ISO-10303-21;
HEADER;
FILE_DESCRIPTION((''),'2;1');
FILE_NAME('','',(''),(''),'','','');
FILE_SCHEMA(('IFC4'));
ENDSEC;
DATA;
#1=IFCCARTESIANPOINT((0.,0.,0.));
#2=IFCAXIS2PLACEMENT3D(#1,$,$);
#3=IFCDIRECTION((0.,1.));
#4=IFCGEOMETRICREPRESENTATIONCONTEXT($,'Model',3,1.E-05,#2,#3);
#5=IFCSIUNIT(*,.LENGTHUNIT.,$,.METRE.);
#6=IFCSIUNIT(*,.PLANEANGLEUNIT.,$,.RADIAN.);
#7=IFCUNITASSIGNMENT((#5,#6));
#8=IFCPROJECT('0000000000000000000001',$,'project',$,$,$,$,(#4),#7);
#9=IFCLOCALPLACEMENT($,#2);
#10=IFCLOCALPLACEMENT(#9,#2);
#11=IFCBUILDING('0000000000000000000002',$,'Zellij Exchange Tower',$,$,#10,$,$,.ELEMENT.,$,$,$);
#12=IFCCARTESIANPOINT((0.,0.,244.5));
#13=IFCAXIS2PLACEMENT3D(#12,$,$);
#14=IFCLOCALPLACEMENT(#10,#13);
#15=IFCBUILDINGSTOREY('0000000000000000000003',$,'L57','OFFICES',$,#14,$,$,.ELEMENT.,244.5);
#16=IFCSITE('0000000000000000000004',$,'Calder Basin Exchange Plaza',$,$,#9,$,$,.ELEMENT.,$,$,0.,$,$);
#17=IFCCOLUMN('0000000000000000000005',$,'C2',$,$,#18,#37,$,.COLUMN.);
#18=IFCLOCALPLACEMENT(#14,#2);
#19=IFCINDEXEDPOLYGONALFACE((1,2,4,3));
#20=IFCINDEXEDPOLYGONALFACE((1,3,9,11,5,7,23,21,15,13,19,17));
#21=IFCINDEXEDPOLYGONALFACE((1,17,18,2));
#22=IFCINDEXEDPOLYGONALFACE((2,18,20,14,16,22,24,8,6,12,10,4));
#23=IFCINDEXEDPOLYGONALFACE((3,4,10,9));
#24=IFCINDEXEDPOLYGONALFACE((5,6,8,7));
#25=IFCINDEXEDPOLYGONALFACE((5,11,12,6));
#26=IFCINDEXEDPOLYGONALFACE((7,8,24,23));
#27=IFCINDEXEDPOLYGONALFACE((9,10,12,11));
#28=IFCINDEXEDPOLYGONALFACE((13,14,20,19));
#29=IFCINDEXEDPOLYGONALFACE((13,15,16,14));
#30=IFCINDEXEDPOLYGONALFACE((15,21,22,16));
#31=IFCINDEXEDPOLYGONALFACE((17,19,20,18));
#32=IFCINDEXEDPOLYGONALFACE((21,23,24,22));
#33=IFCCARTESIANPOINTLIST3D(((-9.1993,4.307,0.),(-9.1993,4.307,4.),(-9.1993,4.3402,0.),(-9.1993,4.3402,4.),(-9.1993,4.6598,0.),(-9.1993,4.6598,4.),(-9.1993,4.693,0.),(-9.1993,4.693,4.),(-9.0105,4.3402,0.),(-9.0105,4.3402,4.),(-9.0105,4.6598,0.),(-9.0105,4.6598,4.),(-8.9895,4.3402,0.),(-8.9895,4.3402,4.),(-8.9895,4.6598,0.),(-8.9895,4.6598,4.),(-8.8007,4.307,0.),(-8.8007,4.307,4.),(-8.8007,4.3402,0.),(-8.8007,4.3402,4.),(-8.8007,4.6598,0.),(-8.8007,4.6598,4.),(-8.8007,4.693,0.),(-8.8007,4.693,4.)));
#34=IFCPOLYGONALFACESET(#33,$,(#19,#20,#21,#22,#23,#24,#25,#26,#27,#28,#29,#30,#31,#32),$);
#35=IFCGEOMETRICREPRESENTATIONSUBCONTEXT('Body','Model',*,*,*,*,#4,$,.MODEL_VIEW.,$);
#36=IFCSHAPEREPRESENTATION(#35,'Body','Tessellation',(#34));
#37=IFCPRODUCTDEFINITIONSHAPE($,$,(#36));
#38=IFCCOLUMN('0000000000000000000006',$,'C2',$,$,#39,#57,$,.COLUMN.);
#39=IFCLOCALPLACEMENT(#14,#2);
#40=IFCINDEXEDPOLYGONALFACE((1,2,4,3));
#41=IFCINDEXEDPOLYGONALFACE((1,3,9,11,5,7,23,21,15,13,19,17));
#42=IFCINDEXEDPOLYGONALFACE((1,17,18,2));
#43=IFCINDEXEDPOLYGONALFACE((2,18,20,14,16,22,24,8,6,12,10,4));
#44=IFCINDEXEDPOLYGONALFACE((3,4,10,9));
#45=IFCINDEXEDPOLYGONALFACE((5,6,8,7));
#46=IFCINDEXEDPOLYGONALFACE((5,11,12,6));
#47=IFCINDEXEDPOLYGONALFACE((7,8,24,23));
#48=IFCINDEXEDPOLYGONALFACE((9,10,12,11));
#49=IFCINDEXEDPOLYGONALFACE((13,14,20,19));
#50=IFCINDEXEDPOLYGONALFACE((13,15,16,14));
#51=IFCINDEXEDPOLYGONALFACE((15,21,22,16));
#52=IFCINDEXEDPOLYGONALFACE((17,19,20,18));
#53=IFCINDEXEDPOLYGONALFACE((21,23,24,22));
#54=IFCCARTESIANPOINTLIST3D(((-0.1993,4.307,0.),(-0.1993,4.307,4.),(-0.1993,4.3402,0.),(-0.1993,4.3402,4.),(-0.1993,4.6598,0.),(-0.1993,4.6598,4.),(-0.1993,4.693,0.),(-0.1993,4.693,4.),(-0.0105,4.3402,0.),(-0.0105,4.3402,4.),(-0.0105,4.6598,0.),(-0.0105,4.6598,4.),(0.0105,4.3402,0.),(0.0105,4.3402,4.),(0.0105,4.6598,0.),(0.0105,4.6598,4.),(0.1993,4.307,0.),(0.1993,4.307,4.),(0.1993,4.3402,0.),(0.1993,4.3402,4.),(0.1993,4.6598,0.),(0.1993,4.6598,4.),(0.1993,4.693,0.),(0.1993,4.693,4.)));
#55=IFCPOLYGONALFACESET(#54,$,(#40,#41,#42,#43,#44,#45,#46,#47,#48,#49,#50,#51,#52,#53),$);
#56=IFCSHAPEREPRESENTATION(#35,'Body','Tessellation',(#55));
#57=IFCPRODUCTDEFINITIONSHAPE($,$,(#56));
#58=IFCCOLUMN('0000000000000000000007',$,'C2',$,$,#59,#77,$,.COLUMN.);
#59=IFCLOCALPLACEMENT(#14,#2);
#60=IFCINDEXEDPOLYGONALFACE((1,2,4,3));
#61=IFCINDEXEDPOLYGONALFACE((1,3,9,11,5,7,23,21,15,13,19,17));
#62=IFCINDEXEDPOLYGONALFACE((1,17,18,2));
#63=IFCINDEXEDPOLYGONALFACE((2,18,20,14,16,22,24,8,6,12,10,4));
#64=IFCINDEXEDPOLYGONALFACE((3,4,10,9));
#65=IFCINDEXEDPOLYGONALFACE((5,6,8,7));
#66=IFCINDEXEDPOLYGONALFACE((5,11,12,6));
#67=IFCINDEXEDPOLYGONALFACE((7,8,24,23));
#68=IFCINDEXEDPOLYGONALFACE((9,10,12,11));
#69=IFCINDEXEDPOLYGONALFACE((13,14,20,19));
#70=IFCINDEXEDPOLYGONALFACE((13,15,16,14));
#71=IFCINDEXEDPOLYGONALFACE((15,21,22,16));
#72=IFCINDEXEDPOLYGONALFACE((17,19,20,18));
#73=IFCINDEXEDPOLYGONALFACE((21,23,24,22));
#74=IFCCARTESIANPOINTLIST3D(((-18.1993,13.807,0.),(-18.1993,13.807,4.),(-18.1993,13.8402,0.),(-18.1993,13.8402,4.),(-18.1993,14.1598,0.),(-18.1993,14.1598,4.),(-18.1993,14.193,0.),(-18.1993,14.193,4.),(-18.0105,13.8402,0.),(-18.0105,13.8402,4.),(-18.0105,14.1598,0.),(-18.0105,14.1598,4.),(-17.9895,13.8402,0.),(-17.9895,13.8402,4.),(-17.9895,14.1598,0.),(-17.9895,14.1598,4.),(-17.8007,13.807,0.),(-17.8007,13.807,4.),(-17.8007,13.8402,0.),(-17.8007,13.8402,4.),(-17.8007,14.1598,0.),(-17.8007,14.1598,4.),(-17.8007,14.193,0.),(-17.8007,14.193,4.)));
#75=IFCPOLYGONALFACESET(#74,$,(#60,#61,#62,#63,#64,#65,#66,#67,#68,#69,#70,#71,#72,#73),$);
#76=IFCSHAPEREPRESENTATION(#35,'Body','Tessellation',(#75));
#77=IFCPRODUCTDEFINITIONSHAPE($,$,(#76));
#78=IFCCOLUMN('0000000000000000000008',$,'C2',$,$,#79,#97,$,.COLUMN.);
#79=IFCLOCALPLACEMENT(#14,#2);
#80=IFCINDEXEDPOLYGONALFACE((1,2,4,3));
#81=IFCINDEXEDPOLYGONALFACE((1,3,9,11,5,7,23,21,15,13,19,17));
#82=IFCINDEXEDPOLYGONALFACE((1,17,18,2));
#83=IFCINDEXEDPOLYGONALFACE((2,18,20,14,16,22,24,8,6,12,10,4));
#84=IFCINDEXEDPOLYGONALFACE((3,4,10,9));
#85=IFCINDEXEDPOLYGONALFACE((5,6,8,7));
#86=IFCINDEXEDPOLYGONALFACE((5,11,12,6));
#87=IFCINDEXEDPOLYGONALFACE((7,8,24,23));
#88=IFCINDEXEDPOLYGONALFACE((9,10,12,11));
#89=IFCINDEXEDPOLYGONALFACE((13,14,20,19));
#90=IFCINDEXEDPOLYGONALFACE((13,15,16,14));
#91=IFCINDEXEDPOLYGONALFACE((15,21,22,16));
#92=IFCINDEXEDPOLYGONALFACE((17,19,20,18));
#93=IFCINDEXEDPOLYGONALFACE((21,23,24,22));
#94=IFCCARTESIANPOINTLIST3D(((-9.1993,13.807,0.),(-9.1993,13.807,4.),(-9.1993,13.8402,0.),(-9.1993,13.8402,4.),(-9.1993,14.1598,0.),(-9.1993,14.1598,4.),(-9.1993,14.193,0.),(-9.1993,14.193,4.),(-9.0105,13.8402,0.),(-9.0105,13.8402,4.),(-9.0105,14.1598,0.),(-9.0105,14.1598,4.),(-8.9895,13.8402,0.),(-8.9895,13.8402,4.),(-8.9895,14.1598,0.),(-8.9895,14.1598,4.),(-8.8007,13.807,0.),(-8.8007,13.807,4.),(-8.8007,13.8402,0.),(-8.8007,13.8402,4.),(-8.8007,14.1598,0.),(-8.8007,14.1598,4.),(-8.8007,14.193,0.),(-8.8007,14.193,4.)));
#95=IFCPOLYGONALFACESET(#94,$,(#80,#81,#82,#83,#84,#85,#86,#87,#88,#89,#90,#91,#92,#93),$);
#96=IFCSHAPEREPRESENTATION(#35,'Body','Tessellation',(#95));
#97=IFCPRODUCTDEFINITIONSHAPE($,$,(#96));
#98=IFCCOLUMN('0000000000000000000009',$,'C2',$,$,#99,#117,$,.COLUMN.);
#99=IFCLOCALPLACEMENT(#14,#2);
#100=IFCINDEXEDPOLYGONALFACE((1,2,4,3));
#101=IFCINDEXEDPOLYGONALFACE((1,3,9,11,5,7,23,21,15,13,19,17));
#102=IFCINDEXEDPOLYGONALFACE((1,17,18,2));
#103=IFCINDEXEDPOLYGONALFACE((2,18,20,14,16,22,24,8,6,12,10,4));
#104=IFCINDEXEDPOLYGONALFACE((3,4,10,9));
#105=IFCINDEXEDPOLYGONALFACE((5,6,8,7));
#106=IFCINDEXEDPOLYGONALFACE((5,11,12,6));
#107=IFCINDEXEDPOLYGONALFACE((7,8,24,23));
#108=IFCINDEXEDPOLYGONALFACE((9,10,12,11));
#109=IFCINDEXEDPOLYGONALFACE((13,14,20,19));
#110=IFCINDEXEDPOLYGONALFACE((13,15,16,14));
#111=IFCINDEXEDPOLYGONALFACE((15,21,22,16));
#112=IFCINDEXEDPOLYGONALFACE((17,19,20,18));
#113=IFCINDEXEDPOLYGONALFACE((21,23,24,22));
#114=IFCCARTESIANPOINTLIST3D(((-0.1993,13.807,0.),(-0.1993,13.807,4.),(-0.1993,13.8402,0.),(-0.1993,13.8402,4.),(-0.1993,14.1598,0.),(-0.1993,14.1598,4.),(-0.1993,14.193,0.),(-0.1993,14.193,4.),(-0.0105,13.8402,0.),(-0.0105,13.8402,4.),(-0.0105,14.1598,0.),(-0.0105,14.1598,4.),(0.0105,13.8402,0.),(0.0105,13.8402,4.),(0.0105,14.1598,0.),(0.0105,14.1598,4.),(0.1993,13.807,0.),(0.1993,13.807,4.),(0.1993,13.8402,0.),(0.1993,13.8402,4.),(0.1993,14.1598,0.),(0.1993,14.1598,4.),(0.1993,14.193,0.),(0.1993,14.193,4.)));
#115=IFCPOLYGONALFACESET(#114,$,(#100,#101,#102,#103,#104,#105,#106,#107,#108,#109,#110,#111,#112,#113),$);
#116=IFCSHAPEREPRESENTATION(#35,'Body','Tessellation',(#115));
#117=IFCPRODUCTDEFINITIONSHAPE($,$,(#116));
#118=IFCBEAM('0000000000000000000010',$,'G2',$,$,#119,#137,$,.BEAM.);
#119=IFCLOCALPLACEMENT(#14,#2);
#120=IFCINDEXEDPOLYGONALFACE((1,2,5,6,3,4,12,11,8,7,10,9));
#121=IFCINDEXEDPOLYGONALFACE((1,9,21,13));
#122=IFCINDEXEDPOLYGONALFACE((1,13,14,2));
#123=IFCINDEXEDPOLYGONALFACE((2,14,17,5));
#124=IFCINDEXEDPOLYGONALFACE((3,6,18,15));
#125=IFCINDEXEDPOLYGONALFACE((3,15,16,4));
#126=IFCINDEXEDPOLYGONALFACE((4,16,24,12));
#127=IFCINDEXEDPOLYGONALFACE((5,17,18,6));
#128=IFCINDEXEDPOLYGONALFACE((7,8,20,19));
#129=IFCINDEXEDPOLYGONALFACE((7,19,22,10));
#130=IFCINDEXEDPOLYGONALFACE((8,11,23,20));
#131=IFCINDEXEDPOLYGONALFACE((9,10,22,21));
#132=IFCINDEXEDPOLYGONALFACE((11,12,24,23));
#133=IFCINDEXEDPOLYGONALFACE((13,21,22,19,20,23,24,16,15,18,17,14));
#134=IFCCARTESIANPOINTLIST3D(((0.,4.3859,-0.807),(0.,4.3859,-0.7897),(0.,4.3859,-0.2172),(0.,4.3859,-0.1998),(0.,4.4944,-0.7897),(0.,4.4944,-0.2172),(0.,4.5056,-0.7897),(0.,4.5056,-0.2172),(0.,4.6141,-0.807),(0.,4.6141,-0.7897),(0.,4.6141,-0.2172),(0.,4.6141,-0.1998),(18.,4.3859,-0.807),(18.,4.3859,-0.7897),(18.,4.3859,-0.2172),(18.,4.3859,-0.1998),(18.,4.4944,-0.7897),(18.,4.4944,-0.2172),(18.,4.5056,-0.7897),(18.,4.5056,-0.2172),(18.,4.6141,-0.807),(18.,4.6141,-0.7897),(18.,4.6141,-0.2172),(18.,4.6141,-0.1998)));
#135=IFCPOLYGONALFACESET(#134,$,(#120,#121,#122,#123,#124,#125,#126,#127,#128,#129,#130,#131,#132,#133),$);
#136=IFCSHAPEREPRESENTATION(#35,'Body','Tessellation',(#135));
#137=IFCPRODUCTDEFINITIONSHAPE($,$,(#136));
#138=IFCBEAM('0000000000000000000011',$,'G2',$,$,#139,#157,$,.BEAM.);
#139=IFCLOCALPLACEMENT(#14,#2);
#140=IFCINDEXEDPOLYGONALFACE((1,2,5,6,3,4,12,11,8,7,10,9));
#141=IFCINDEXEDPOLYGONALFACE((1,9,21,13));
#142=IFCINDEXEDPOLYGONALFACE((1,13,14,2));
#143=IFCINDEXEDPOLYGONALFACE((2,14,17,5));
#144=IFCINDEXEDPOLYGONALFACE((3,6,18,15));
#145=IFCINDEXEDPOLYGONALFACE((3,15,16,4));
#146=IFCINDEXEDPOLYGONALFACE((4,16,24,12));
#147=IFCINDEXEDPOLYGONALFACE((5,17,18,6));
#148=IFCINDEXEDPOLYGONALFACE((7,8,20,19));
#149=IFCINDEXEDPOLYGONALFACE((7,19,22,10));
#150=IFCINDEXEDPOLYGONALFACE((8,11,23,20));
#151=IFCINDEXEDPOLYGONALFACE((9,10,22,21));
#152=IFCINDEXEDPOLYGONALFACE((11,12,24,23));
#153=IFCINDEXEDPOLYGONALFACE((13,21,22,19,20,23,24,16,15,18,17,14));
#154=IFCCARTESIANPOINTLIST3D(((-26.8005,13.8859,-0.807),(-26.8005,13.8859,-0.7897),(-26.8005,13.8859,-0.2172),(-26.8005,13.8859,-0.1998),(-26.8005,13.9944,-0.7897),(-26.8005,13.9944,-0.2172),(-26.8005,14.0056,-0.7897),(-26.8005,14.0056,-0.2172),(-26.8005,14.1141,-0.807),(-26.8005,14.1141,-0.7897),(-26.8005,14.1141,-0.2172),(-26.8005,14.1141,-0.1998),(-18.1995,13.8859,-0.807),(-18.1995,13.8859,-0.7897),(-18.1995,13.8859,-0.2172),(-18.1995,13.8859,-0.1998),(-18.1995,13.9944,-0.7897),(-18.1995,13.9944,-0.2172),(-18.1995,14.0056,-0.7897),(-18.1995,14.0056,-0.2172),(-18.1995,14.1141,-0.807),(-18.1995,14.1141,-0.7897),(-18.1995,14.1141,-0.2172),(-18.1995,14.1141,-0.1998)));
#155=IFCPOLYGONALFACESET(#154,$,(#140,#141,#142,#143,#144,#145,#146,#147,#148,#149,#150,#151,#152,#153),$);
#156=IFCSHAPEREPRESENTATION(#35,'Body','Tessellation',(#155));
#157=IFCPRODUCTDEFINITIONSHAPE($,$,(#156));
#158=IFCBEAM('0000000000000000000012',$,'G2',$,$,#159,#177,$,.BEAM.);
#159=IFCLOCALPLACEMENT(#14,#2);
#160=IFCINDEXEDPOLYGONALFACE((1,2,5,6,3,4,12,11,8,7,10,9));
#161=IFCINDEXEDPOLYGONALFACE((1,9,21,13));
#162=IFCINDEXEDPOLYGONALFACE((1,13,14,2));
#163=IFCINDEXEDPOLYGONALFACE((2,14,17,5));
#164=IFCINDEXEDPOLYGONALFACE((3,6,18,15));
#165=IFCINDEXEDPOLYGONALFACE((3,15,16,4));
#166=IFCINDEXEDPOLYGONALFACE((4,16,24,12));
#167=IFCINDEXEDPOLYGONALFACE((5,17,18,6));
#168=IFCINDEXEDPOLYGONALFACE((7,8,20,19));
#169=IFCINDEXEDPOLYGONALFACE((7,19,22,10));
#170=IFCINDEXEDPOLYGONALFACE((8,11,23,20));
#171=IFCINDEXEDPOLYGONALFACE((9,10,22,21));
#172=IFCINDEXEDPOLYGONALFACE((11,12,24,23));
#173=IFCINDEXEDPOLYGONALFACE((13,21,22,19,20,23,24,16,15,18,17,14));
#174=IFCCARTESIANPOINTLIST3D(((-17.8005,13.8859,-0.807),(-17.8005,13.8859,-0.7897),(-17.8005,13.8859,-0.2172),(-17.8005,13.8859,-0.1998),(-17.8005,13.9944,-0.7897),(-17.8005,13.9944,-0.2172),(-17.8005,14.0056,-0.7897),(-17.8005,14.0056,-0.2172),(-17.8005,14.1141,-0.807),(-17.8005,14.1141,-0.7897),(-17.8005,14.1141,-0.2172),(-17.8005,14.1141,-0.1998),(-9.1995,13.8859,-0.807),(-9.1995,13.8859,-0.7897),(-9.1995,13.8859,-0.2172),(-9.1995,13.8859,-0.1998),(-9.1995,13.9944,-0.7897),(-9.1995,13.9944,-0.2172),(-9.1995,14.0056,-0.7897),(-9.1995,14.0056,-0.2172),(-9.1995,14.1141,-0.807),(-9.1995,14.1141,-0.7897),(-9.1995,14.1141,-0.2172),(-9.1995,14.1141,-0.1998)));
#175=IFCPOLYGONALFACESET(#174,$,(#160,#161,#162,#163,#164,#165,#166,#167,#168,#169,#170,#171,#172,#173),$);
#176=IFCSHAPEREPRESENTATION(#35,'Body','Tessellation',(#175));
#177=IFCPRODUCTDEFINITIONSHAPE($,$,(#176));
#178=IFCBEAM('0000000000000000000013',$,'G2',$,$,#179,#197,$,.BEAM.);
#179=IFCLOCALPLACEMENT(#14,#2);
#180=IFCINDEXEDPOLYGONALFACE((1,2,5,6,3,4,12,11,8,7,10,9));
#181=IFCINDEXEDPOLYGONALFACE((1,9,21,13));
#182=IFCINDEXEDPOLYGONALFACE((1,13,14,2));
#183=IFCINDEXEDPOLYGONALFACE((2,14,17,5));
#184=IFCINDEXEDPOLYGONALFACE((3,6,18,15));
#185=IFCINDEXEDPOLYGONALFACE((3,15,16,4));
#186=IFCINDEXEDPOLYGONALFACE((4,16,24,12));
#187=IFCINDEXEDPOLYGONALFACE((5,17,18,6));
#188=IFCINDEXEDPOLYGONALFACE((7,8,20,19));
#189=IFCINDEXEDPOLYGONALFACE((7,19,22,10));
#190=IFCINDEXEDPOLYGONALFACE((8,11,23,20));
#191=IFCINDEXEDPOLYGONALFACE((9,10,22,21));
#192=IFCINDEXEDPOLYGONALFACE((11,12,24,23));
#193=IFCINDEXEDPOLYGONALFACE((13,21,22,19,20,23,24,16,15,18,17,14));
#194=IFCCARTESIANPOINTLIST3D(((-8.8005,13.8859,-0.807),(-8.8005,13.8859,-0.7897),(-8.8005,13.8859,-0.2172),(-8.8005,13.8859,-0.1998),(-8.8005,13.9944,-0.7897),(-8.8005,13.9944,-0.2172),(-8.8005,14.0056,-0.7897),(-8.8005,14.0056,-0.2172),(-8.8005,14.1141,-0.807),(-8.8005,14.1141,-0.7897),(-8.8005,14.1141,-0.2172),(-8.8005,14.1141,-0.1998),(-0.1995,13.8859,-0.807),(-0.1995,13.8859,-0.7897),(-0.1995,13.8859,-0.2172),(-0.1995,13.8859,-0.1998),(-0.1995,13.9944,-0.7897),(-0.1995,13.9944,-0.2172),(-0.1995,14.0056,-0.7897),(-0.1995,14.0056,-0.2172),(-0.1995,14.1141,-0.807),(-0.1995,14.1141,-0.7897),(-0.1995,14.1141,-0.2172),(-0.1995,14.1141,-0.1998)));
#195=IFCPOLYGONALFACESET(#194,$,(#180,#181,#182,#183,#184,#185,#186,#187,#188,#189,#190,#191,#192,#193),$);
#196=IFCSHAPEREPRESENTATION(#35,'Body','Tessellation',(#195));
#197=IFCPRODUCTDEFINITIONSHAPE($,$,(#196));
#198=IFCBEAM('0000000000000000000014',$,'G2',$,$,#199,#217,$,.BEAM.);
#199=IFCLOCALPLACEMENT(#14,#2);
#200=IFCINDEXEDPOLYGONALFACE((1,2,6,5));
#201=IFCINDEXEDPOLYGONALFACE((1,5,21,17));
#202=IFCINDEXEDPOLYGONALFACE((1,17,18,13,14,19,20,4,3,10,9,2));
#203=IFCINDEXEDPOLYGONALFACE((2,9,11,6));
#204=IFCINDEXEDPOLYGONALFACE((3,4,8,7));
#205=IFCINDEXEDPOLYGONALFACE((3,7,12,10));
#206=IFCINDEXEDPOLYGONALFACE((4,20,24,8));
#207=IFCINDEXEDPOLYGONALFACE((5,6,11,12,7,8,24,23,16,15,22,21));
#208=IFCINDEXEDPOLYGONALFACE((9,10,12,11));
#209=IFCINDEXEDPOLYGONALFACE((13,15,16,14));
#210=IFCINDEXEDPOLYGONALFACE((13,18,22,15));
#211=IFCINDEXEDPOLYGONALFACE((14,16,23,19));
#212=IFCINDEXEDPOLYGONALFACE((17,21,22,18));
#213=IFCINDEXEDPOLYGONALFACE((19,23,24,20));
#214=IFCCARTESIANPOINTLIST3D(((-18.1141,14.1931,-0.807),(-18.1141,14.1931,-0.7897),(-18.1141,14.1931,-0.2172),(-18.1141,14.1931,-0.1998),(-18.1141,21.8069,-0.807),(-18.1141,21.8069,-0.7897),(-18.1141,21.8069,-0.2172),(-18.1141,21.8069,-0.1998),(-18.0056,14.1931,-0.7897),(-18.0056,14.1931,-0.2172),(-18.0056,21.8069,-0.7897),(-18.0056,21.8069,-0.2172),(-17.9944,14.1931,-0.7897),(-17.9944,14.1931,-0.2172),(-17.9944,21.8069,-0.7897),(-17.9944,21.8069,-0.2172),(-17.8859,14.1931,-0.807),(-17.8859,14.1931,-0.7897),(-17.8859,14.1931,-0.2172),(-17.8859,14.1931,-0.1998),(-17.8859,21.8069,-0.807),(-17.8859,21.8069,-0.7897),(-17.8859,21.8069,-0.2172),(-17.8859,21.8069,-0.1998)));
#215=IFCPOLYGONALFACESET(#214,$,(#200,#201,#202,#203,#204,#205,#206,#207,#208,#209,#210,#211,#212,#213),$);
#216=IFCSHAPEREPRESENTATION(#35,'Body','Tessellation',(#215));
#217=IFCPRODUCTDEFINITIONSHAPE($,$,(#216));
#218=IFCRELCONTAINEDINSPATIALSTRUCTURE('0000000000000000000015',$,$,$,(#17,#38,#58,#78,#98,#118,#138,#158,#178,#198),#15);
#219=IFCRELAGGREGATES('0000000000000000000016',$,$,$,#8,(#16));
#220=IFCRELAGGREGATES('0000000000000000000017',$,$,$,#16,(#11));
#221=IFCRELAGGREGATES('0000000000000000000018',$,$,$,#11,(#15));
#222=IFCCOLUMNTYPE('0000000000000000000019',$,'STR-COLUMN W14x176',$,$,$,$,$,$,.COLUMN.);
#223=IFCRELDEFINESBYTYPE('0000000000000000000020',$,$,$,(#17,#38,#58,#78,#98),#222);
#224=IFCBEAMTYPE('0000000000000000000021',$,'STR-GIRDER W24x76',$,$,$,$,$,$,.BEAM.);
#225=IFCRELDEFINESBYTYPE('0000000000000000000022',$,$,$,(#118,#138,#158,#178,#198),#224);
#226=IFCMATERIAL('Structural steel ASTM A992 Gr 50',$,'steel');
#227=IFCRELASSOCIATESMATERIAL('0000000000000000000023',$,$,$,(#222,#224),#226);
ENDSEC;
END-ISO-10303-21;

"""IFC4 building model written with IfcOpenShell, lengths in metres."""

from ifc_helpers import new_model, si_unit, direction, frame, origin, origin_2d, place, context, subcontext, project, spatial, i_section, extrude, material, material_profile, profile_set, type_object, element, save


model = new_model("IFC4")

# Units and contexts
model_context = context("Model", 3, precision=1e-05, world=origin(), true_north=direction((0.0, 1.0)))
body_context = subcontext(model_context, "Body", "Model", "MODEL_VIEW")
ifc_project = project(units=[si_unit("LENGTHUNIT", "METRE"), si_unit("PLANEANGLEUNIT", "RADIAN")], contexts=[model_context])

# Site, building, storey
site_placement = place(None, origin())
site = spatial("IfcSite", under=ifc_project, at=site_placement, Name="Calder Basin Exchange Plaza", CompositionType="ELEMENT", RefElevation=0.0)
building_placement = place(site_placement, origin())
building = spatial("IfcBuilding", under=site, at=building_placement, Name="Zellij Exchange Tower", CompositionType="ELEMENT")
storey_placement = place(building_placement, frame((0.0, 0.0, 244.5)))
storey = spatial("IfcBuildingStorey", under=building, at=storey_placement, Name="L57", Description="OFFICES", CompositionType="ELEMENT", Elevation=244.5)

# Columns
ifc_material_1 = material(Name="Structural steel ASTM A992 Gr 50", Category="steel")
ifc_material_profile_1 = material_profile(ifc_material_1, i_section(OverallWidth=0.3987, OverallDepth=0.386, WebThickness=0.021, FlangeThickness=0.0332, at=origin_2d()), Name="W14x176")
ifc_profile_set_1 = profile_set([ifc_material_profile_1], Name="Structural steel ASTM A992 Gr 50")
column_type = type_object("IfcColumnType", Name="STR-COLUMN W14x176", PredefinedType="COLUMN", material=ifc_profile_set_1)
for number, where, z_axis, x_axis, name in (
    (1, (-9.0, 4.5, 0.0), (0.0, 0.0, 1.0), (1.0, 0.0, 0.0), "C2"),
    (2, (0.0, 4.5, 0.0), (0.0, 0.0, 1.0), (1.0, 0.0, 0.0), "C2"),
    (3, (-18.0, 14.0, 0.0), (0.0, 0.0, 1.0), (1.0, 0.0, 0.0), "C2"),
    (4, (-9.0, 14.0, 0.0), (0.0, 0.0, 1.0), (1.0, 0.0, 0.0), "C2"),
    (5, (0.0, 14.0, 0.0), (0.0, 0.0, 1.0), (1.0, 0.0, 0.0), "C2"),
):
    element("IfcColumn", number, at=place(storey_placement, frame(where, z_axis=z_axis, x_axis=x_axis)), inside=storey, type_object=column_type, Name=name, PredefinedType="COLUMN", context=body_context, shape_type="SweptSolid", body=[
        extrude(i_section(OverallWidth=0.3987, OverallDepth=0.386, WebThickness=0.021, FlangeThickness=0.0332, at=origin_2d()), origin(), (0.0, 0.0, 1.0), 4.0),
    ])

# Beams
ifc_material_profile_2 = material_profile(ifc_material_1, i_section(OverallWidth=0.2283, OverallDepth=0.6072, WebThickness=0.0112, FlangeThickness=0.0173, at=origin_2d()), Name="W24x76")
ifc_profile_set_2 = profile_set([ifc_material_profile_2], Name="Structural steel ASTM A992 Gr 50")
beam_type = type_object("IfcBeamType", Name="STR-GIRDER W24x76", PredefinedType="BEAM", material=ifc_profile_set_2)
beam_1_placement = place(storey_placement, frame((0.0, 4.5, -0.5034), z_axis=(1.0, 0.0, 0.0), x_axis=(0.0, 1.0, 0.0)))
element("IfcBeam", 6, at=beam_1_placement, inside=storey, type_object=beam_type, Name="G2", PredefinedType="BEAM", context=body_context, shape_type="SweptSolid", body=[
    extrude(i_section(OverallWidth=0.2283, OverallDepth=0.6072, WebThickness=0.0112, FlangeThickness=0.0173, at=origin_2d()), origin(), (0.0, 0.0, 1.0), 18.0),
])
for number, where, z_axis, x_axis, name in (
    (7, (-26.8005, 14.0, -0.5034), (1.0, 0.0, 0.0), (0.0, 1.0, 0.0), "G2"),
    (8, (-17.8005, 14.0, -0.5034), (1.0, 0.0, 0.0), (0.0, 1.0, 0.0), "G2"),
    (9, (-8.8005, 14.0, -0.5034), (1.0, 0.0, 0.0), (0.0, 1.0, 0.0), "G2"),
):
    element("IfcBeam", number, at=place(storey_placement, frame(where, z_axis=z_axis, x_axis=x_axis)), inside=storey, type_object=beam_type, Name=name, PredefinedType="BEAM", context=body_context, shape_type="SweptSolid", body=[
        extrude(i_section(OverallWidth=0.2283, OverallDepth=0.6072, WebThickness=0.0112, FlangeThickness=0.0173, at=origin_2d()), origin(), (0.0, 0.0, 1.0), 8.6011),
    ])
beam_2_placement = place(storey_placement, frame((-18.0, 14.1931, -0.5034), z_axis=(0.0, 1.0, 0.0), x_axis=(-1.0, 0.0, 0.0)))
element("IfcBeam", 10, at=beam_2_placement, inside=storey, type_object=beam_type, Name="G2", PredefinedType="BEAM", context=body_context, shape_type="SweptSolid", body=[
    extrude(i_section(OverallWidth=0.2283, OverallDepth=0.6072, WebThickness=0.0112, FlangeThickness=0.0173, at=origin_2d()), origin(), (0.0, 0.0, 1.0), 7.6138),
])

save(model, "model.ifc")
